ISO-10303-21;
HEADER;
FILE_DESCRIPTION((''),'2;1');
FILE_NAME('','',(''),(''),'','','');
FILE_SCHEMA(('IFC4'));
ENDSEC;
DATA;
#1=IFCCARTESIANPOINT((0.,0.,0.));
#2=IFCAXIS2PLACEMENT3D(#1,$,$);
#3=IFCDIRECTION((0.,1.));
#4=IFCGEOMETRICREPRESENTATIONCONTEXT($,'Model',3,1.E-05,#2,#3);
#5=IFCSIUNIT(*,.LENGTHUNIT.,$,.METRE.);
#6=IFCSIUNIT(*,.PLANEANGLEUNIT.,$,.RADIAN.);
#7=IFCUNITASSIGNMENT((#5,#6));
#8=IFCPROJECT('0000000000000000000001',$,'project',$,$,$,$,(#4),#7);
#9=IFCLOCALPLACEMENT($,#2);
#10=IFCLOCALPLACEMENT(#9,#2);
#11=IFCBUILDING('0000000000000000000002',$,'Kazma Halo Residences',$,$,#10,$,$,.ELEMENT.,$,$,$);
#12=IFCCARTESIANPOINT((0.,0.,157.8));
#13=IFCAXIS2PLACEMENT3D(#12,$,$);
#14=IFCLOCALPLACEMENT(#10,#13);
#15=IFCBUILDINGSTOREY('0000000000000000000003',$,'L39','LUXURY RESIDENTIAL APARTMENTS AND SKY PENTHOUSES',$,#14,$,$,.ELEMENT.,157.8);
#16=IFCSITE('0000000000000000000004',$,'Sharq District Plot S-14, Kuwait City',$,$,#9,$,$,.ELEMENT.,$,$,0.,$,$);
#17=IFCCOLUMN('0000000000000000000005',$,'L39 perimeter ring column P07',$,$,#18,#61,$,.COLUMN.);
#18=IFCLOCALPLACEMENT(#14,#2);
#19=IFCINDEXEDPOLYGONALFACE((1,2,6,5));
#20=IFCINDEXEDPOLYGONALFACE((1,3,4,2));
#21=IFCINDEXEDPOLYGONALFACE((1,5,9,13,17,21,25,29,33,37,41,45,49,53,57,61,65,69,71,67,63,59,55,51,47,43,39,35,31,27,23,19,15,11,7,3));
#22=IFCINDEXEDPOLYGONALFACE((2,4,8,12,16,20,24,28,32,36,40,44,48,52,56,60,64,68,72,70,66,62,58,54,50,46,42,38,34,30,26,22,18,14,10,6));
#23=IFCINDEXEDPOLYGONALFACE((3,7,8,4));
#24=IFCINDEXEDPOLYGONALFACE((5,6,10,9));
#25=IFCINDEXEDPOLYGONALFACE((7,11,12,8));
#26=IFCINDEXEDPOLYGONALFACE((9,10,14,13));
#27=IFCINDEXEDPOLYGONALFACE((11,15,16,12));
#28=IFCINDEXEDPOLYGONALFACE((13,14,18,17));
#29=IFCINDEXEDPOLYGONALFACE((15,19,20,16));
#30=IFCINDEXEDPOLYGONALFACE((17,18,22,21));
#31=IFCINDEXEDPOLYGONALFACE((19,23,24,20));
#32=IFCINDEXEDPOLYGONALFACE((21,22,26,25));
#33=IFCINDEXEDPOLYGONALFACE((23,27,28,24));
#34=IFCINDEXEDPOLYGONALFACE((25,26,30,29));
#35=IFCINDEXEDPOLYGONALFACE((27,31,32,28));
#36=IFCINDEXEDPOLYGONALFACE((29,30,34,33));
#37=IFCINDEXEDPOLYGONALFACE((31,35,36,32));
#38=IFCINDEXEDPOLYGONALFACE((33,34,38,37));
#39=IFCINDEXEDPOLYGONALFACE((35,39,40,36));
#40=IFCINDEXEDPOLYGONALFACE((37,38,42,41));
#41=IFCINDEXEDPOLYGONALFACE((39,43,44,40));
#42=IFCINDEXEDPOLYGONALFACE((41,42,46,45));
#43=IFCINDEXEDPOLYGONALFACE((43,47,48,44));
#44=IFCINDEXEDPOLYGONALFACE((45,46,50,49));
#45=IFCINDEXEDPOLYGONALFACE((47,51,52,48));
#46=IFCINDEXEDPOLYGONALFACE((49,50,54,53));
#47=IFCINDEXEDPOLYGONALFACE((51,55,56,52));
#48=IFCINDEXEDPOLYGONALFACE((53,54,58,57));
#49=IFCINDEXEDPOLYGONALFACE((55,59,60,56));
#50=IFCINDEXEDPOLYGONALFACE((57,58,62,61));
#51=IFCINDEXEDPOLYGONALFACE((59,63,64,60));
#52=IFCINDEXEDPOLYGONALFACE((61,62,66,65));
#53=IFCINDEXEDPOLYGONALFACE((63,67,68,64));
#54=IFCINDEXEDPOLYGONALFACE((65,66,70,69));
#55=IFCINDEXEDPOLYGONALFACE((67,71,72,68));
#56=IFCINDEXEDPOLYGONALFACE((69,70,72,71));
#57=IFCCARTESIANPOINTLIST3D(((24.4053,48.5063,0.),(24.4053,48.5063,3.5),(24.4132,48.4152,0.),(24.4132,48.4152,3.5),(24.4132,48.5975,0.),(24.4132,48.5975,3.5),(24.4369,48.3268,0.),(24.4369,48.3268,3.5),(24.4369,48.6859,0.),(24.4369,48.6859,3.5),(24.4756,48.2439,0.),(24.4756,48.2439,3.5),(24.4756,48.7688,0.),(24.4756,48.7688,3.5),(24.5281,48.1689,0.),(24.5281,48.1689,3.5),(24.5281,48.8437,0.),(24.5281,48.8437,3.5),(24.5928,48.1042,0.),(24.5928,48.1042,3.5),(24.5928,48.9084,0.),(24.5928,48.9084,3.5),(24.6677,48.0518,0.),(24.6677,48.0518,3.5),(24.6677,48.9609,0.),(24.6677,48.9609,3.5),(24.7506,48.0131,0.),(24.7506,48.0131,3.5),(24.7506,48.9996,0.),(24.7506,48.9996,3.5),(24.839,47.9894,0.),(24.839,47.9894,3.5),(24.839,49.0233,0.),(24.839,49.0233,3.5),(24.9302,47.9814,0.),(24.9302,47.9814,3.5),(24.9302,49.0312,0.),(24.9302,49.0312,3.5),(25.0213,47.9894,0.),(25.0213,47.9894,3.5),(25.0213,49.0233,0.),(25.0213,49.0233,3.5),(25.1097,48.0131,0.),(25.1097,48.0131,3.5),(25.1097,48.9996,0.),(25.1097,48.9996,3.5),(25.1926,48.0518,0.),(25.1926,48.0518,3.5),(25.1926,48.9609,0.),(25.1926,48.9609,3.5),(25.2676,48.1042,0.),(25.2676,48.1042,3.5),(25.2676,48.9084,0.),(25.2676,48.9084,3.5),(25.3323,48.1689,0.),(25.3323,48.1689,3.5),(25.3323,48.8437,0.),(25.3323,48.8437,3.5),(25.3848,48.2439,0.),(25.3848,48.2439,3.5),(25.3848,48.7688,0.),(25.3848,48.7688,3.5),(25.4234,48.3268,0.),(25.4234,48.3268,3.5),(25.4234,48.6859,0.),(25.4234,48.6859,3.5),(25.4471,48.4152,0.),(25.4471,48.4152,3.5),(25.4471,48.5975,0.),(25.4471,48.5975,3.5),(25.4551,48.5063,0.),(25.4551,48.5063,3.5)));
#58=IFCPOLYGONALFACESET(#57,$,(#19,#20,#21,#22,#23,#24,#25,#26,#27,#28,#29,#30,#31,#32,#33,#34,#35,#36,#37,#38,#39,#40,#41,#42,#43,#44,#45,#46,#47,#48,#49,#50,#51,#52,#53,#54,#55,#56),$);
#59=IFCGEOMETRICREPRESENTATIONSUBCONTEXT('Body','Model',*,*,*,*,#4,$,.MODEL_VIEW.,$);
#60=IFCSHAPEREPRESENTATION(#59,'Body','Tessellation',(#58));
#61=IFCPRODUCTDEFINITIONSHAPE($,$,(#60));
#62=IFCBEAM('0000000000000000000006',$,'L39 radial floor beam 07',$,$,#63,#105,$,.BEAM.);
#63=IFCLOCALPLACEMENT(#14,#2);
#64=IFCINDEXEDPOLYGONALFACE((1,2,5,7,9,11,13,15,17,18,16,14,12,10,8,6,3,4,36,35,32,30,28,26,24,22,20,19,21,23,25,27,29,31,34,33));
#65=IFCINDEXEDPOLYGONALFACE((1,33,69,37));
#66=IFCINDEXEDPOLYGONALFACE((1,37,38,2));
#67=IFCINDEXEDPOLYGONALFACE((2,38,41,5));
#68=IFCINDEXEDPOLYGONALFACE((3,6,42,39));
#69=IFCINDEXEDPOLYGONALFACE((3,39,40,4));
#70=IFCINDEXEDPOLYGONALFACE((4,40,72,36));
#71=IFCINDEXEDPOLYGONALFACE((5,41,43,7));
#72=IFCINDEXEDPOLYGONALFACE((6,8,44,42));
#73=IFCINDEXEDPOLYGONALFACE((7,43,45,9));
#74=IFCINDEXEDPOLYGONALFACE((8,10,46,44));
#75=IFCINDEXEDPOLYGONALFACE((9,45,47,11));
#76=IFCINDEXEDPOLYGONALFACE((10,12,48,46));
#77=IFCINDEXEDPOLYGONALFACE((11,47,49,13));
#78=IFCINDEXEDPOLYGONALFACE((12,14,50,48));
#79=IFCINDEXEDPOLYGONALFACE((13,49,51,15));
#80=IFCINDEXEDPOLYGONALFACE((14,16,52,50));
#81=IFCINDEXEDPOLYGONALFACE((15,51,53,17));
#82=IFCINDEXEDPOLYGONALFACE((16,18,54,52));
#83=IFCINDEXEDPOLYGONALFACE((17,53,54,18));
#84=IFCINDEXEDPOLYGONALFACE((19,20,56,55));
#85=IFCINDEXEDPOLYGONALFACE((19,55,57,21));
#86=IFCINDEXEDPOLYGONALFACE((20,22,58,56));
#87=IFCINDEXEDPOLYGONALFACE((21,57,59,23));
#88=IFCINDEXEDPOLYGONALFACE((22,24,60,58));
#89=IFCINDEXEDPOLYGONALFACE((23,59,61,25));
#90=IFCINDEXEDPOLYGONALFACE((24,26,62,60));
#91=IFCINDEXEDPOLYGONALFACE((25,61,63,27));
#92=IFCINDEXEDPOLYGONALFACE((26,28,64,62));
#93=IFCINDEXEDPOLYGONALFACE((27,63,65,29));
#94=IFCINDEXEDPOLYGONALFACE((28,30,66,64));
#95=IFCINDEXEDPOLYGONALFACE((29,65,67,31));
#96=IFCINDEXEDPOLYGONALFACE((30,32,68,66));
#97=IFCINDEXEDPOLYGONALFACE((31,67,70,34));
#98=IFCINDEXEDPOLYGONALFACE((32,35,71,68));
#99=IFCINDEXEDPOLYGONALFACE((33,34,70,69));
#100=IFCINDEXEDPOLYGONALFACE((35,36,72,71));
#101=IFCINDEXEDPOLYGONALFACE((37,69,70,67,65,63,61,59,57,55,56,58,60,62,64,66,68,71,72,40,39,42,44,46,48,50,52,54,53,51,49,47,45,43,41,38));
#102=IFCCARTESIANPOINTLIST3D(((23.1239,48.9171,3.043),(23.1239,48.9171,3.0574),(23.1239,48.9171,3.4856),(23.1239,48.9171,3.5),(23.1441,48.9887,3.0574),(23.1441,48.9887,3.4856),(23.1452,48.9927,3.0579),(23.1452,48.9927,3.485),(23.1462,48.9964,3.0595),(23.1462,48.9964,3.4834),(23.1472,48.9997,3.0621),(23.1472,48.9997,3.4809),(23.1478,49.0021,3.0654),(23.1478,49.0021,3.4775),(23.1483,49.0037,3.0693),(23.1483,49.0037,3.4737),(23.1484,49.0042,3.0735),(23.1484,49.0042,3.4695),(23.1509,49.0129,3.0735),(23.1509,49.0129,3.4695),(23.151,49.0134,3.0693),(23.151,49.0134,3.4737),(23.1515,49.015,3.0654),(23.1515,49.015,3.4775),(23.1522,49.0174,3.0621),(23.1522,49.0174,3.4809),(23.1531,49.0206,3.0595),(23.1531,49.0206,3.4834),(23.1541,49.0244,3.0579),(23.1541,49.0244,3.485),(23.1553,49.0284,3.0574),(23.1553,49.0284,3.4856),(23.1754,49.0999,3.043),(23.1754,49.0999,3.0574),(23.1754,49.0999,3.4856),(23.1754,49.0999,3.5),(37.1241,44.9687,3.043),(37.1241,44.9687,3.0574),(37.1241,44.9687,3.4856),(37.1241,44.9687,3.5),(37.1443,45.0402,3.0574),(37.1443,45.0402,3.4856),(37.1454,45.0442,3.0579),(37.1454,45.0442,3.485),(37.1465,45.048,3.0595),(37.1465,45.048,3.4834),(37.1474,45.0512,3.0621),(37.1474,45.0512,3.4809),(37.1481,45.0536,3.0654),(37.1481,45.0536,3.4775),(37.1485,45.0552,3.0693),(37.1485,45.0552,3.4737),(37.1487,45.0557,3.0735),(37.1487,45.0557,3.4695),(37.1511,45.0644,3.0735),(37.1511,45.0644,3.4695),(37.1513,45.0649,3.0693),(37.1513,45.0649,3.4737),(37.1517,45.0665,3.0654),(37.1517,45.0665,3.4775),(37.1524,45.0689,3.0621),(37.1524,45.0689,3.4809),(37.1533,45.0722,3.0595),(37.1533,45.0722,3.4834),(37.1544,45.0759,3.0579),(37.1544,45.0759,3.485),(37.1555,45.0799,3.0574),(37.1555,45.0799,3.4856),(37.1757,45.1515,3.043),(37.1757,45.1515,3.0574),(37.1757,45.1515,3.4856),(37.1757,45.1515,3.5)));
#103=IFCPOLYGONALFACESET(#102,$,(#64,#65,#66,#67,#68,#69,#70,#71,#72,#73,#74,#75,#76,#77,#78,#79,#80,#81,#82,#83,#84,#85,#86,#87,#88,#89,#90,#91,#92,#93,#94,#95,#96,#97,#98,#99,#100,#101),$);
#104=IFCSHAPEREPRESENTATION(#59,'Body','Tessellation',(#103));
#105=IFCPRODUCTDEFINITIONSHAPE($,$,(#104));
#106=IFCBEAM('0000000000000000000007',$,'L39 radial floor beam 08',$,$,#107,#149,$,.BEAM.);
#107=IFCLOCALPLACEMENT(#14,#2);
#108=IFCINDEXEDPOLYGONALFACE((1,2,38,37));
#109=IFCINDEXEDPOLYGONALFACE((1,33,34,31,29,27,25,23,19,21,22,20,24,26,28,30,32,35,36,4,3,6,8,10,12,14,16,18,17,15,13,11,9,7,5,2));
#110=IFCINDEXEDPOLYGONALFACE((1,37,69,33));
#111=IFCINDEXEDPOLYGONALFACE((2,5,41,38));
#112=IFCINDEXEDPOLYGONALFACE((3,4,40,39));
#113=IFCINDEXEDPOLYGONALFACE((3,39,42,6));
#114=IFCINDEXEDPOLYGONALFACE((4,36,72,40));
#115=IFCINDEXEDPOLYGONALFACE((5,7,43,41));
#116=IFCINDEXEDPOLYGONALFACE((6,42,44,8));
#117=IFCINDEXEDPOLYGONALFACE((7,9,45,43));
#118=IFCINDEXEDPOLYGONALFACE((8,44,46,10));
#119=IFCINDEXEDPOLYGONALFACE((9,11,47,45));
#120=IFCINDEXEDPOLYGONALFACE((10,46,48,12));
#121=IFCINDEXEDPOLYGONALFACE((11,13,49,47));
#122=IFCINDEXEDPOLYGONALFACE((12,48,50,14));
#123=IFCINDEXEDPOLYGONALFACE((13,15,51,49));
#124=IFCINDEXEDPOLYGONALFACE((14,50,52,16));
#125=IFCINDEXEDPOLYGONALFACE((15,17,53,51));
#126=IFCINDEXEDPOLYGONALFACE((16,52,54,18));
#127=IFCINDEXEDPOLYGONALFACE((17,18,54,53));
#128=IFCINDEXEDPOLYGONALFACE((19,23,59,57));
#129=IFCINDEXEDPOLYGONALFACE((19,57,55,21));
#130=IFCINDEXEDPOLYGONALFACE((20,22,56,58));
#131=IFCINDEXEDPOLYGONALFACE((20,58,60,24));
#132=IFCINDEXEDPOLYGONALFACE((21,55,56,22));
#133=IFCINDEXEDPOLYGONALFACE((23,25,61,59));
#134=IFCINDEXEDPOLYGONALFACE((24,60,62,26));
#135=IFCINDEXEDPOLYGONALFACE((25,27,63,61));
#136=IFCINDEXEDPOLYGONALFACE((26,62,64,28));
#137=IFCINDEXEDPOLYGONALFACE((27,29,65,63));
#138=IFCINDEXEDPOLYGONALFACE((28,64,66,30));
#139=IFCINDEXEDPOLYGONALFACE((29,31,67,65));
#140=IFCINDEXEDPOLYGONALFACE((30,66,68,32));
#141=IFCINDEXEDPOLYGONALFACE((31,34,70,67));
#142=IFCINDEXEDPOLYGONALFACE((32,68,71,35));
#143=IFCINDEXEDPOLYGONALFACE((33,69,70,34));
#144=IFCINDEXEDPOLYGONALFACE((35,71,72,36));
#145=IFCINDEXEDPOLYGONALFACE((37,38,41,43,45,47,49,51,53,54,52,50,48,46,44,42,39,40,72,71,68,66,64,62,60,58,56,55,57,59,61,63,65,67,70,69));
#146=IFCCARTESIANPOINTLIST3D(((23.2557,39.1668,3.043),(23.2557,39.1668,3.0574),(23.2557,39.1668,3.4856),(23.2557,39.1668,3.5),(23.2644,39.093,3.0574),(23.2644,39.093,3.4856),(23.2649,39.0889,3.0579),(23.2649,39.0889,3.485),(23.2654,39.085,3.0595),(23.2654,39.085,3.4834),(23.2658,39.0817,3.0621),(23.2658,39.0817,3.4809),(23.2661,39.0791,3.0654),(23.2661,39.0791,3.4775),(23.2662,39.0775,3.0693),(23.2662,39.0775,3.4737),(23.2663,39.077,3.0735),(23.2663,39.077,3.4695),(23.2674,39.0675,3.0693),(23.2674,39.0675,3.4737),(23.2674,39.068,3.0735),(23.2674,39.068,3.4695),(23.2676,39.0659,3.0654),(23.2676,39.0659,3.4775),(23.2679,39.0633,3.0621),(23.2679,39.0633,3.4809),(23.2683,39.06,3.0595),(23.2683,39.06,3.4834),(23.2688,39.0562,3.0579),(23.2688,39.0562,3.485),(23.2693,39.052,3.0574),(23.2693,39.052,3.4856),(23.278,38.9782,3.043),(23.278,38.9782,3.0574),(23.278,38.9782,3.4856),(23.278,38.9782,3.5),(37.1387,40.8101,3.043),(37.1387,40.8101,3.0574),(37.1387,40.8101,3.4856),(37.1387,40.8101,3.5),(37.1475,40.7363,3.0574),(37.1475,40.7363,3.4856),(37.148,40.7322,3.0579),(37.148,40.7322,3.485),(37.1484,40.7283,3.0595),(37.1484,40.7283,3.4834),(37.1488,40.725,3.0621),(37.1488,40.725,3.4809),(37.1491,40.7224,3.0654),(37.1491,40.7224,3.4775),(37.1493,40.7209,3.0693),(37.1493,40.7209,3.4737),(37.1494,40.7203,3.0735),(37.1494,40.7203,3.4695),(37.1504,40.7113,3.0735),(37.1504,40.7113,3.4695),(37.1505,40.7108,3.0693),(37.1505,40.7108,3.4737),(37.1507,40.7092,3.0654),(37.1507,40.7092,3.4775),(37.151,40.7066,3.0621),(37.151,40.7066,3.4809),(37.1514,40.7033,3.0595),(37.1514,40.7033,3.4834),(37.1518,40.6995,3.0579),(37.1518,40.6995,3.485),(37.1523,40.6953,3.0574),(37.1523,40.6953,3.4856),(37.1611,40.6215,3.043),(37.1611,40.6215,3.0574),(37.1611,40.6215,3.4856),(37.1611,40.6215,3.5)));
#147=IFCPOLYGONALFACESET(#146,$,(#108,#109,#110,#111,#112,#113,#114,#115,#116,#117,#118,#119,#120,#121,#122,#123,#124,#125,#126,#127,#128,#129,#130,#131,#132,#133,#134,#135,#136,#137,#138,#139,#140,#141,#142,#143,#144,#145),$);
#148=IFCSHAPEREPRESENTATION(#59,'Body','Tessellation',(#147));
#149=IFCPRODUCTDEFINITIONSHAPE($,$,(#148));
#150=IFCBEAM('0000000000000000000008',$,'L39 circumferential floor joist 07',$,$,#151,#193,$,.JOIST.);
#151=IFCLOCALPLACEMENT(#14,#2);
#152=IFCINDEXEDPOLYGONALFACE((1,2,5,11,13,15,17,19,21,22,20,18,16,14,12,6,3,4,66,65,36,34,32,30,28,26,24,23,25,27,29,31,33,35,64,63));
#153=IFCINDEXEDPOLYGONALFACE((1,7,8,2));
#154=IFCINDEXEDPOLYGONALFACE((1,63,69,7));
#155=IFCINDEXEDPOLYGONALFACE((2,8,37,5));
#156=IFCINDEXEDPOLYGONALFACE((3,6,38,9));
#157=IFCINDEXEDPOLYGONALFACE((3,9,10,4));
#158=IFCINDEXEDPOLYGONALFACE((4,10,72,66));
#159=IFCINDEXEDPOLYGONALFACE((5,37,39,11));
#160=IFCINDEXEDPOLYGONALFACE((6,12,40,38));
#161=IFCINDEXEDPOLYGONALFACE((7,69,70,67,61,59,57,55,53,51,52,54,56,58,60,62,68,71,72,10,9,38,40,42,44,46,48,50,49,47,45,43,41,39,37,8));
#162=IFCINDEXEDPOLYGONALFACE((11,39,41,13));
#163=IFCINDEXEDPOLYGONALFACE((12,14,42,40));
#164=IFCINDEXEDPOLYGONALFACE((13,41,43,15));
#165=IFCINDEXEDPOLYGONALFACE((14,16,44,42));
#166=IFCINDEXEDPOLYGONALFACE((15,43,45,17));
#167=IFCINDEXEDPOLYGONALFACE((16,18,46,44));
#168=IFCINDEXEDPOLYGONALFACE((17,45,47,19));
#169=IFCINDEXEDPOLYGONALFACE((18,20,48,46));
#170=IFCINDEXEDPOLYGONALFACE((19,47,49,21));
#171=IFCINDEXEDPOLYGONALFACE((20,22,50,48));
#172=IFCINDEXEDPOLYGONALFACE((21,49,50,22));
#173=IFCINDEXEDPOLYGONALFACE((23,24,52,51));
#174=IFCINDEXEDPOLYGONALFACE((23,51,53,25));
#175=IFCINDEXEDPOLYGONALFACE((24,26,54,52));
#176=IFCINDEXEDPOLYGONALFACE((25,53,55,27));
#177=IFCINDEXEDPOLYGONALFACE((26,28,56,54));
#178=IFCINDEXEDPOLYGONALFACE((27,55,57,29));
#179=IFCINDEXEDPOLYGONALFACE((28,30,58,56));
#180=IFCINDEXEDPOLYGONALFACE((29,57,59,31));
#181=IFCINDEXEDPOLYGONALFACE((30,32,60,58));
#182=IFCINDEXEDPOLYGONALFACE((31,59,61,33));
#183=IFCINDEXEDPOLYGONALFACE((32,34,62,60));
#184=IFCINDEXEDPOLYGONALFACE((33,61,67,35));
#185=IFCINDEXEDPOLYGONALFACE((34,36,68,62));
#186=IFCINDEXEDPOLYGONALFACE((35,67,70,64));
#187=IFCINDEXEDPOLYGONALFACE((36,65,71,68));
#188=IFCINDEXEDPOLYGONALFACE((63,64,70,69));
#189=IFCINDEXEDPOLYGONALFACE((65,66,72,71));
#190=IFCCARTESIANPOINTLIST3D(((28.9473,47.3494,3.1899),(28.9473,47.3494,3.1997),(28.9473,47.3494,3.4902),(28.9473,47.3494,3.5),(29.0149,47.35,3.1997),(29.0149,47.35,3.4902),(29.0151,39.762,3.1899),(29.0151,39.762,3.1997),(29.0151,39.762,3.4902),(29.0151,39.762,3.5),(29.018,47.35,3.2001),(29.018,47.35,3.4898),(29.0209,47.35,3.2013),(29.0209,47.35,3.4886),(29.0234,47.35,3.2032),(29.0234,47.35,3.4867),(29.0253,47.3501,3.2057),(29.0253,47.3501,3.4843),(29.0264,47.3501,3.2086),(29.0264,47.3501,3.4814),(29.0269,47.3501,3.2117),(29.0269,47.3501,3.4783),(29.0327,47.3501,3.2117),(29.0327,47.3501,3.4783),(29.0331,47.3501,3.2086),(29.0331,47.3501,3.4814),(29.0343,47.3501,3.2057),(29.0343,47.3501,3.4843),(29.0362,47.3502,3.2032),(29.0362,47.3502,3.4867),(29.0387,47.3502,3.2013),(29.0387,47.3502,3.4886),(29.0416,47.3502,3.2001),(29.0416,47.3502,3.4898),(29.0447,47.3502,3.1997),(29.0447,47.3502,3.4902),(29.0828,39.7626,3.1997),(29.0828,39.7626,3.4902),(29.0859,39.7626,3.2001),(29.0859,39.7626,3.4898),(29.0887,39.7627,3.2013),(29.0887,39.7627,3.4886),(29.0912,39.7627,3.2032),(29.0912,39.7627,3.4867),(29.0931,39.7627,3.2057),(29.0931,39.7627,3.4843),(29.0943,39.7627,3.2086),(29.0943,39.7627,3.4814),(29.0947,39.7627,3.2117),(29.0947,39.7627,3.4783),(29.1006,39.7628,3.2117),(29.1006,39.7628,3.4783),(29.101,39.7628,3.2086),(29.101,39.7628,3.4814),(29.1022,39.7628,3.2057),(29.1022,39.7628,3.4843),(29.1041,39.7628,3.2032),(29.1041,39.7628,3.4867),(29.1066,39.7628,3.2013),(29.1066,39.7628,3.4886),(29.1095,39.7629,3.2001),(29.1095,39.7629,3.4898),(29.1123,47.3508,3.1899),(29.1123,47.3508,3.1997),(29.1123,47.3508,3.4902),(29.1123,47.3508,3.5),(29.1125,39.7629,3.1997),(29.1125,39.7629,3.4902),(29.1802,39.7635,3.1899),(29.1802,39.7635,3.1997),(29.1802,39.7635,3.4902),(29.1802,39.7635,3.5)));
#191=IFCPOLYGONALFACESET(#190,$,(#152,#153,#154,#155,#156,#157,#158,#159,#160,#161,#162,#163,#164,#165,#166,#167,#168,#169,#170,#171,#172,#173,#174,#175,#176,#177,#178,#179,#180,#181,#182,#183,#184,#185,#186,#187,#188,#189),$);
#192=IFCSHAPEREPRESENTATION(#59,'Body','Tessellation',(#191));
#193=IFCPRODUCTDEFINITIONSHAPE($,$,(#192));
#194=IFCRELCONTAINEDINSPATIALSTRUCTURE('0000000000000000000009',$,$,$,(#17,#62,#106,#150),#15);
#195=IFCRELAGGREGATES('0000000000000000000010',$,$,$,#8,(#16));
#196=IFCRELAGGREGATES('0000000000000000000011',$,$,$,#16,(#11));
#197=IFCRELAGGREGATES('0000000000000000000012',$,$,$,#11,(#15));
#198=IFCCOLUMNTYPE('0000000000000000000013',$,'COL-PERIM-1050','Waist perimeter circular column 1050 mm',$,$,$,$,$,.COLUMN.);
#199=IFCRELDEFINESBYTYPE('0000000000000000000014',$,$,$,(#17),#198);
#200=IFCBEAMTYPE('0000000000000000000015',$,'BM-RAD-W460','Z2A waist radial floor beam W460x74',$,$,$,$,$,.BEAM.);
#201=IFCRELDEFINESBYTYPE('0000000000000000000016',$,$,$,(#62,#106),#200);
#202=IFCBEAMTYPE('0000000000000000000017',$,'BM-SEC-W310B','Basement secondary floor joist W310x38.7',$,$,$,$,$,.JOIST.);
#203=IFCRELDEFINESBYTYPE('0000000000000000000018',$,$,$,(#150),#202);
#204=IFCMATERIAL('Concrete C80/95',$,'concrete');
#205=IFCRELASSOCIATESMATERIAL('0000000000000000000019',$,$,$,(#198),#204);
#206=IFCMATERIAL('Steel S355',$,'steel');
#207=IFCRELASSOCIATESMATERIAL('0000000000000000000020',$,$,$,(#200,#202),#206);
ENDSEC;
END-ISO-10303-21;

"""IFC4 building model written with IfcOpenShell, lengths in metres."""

from ifc_helpers import new_model, si_unit, direction, frame, origin, origin_2d, place, context, subcontext, project, spatial, circle, i_section, extrude, material, material_profile, profile_set, type_object, element, save


model = new_model("IFC4")

# Units and contexts
model_context = context("Model", 3, precision=1e-05, world=origin(), true_north=direction((0.0, 1.0)))
body_context = subcontext(model_context, "Body", "Model", "MODEL_VIEW")
ifc_project = project(units=[si_unit("LENGTHUNIT", "METRE"), si_unit("PLANEANGLEUNIT", "RADIAN")], contexts=[model_context])

# Site, building, storey
site_placement = place(None, origin())
site = spatial("IfcSite", under=ifc_project, at=site_placement, Name="Sharq District Plot S-14, Kuwait City", CompositionType="ELEMENT", RefElevation=0.0)
building_placement = place(site_placement, origin())
building = spatial("IfcBuilding", under=site, at=building_placement, Name="Kazma Halo Residences", CompositionType="ELEMENT")
storey_placement = place(building_placement, frame((0.0, 0.0, 157.8)))
storey = spatial("IfcBuildingStorey", under=building, at=storey_placement, Name="L39", Description="LUXURY RESIDENTIAL APARTMENTS AND SKY PENTHOUSES", CompositionType="ELEMENT", Elevation=157.8)

# Column
ifc_material_1 = material(Name="Concrete C80/95", Category="concrete")
ifc_material_profile_1 = material_profile(ifc_material_1, circle(Radius=0.5249, at=origin_2d()), Name="CIRC1050")
ifc_profile_set_1 = profile_set([ifc_material_profile_1], Name="Concrete C80/95")
column_type = type_object("IfcColumnType", Name="COL-PERIM-1050", Description="Waist perimeter circular column 1050 mm", PredefinedType="COLUMN", material=ifc_profile_set_1)
column_placement = place(storey_placement, frame((24.9302, 48.5063, 0.0), z_axis=(0.0, 0.0, 1.0), x_axis=(1.0, 0.0, 0.0)))
element("IfcColumn", 1, at=column_placement, inside=storey, type_object=column_type, Name="L39 perimeter ring column P07", PredefinedType="COLUMN", context=body_context, shape_type="SweptSolid", body=[
    extrude(circle(Radius=0.5249, at=origin_2d()), origin(), (0.0, 0.0, 1.0), 3.5),
])

# Beams
ifc_material_2 = material(Name="Steel S355", Category="steel")
ifc_material_profile_2 = material_profile(ifc_material_2, i_section(OverallWidth=0.1899, OverallDepth=0.457, WebThickness=0.009, FlangeThickness=0.0144, FilletRadius=0.0161, at=origin_2d()), Name="W460x74")
ifc_profile_set_2 = profile_set([ifc_material_profile_2], Name="Steel S355")
beam_type_1 = type_object("IfcBeamType", Name="BM-RAD-W460", Description="Z2A waist radial floor beam W460x74", PredefinedType="BEAM", material=ifc_profile_set_2)
beam_1_placement = place(storey_placement, frame((37.1499, 45.0601, 3.2715), z_axis=(-0.962455, 0.271441, 0.0), x_axis=(-0.271441, -0.962455, 0.0)))
element("IfcBeam", 2, at=beam_1_placement, inside=storey, type_object=beam_type_1, Name="L39 radial floor beam 07", PredefinedType="BEAM", context=body_context, shape_type="SweptSolid", body=[
    extrude(i_section(OverallWidth=0.1899, OverallDepth=0.457, WebThickness=0.009, FlangeThickness=0.0144, FilletRadius=0.0161, at=origin_2d()), origin(), (0.0, 0.0, 1.0), 14.5464),
])
beam_2_placement = place(storey_placement, frame((37.1499, 40.7158, 3.2715), z_axis=(-0.993067, -0.117547, 0.0), x_axis=(0.117547, -0.993067, 0.0)))
element("IfcBeam", 3, at=beam_2_placement, inside=storey, type_object=beam_type_1, Name="L39 radial floor beam 08", PredefinedType="BEAM", context=body_context, shape_type="SweptSolid", body=[
    extrude(i_section(OverallWidth=0.1899, OverallDepth=0.457, WebThickness=0.009, FlangeThickness=0.0144, FilletRadius=0.0161, at=origin_2d()), origin(), (0.0, 0.0, 1.0), 13.98),
])
ifc_material_profile_3 = material_profile(ifc_material_2, i_section(OverallWidth=0.165, OverallDepth=0.3101, WebThickness=0.0059, FlangeThickness=0.0098, FilletRadius=0.012, at=origin_2d()), Name="W310x38.7")
ifc_profile_set_3 = profile_set([ifc_material_profile_3], Name="Steel S355")
beam_type_2 = type_object("IfcBeamType", Name="BM-SEC-W310B", Description="Basement secondary floor joist W310x38.7", PredefinedType="JOIST", material=ifc_profile_set_3)
beam_3_placement = place(storey_placement, frame((29.0298, 47.3501, 3.345), z_axis=(0.008945, -0.99996, 0.0), x_axis=(0.99996, 0.008945, 0.0)))
element("IfcBeam", 4, at=beam_3_placement, inside=storey, type_object=beam_type_2, Name="L39 circumferential floor joist 07", PredefinedType="JOIST", context=body_context, shape_type="SweptSolid", body=[
    extrude(i_section(OverallWidth=0.165, OverallDepth=0.3101, WebThickness=0.0059, FlangeThickness=0.0098, FilletRadius=0.012, at=origin_2d()), origin(), (0.0, 0.0, 1.0), 7.5876),
])

save(model, "model.ifc")
